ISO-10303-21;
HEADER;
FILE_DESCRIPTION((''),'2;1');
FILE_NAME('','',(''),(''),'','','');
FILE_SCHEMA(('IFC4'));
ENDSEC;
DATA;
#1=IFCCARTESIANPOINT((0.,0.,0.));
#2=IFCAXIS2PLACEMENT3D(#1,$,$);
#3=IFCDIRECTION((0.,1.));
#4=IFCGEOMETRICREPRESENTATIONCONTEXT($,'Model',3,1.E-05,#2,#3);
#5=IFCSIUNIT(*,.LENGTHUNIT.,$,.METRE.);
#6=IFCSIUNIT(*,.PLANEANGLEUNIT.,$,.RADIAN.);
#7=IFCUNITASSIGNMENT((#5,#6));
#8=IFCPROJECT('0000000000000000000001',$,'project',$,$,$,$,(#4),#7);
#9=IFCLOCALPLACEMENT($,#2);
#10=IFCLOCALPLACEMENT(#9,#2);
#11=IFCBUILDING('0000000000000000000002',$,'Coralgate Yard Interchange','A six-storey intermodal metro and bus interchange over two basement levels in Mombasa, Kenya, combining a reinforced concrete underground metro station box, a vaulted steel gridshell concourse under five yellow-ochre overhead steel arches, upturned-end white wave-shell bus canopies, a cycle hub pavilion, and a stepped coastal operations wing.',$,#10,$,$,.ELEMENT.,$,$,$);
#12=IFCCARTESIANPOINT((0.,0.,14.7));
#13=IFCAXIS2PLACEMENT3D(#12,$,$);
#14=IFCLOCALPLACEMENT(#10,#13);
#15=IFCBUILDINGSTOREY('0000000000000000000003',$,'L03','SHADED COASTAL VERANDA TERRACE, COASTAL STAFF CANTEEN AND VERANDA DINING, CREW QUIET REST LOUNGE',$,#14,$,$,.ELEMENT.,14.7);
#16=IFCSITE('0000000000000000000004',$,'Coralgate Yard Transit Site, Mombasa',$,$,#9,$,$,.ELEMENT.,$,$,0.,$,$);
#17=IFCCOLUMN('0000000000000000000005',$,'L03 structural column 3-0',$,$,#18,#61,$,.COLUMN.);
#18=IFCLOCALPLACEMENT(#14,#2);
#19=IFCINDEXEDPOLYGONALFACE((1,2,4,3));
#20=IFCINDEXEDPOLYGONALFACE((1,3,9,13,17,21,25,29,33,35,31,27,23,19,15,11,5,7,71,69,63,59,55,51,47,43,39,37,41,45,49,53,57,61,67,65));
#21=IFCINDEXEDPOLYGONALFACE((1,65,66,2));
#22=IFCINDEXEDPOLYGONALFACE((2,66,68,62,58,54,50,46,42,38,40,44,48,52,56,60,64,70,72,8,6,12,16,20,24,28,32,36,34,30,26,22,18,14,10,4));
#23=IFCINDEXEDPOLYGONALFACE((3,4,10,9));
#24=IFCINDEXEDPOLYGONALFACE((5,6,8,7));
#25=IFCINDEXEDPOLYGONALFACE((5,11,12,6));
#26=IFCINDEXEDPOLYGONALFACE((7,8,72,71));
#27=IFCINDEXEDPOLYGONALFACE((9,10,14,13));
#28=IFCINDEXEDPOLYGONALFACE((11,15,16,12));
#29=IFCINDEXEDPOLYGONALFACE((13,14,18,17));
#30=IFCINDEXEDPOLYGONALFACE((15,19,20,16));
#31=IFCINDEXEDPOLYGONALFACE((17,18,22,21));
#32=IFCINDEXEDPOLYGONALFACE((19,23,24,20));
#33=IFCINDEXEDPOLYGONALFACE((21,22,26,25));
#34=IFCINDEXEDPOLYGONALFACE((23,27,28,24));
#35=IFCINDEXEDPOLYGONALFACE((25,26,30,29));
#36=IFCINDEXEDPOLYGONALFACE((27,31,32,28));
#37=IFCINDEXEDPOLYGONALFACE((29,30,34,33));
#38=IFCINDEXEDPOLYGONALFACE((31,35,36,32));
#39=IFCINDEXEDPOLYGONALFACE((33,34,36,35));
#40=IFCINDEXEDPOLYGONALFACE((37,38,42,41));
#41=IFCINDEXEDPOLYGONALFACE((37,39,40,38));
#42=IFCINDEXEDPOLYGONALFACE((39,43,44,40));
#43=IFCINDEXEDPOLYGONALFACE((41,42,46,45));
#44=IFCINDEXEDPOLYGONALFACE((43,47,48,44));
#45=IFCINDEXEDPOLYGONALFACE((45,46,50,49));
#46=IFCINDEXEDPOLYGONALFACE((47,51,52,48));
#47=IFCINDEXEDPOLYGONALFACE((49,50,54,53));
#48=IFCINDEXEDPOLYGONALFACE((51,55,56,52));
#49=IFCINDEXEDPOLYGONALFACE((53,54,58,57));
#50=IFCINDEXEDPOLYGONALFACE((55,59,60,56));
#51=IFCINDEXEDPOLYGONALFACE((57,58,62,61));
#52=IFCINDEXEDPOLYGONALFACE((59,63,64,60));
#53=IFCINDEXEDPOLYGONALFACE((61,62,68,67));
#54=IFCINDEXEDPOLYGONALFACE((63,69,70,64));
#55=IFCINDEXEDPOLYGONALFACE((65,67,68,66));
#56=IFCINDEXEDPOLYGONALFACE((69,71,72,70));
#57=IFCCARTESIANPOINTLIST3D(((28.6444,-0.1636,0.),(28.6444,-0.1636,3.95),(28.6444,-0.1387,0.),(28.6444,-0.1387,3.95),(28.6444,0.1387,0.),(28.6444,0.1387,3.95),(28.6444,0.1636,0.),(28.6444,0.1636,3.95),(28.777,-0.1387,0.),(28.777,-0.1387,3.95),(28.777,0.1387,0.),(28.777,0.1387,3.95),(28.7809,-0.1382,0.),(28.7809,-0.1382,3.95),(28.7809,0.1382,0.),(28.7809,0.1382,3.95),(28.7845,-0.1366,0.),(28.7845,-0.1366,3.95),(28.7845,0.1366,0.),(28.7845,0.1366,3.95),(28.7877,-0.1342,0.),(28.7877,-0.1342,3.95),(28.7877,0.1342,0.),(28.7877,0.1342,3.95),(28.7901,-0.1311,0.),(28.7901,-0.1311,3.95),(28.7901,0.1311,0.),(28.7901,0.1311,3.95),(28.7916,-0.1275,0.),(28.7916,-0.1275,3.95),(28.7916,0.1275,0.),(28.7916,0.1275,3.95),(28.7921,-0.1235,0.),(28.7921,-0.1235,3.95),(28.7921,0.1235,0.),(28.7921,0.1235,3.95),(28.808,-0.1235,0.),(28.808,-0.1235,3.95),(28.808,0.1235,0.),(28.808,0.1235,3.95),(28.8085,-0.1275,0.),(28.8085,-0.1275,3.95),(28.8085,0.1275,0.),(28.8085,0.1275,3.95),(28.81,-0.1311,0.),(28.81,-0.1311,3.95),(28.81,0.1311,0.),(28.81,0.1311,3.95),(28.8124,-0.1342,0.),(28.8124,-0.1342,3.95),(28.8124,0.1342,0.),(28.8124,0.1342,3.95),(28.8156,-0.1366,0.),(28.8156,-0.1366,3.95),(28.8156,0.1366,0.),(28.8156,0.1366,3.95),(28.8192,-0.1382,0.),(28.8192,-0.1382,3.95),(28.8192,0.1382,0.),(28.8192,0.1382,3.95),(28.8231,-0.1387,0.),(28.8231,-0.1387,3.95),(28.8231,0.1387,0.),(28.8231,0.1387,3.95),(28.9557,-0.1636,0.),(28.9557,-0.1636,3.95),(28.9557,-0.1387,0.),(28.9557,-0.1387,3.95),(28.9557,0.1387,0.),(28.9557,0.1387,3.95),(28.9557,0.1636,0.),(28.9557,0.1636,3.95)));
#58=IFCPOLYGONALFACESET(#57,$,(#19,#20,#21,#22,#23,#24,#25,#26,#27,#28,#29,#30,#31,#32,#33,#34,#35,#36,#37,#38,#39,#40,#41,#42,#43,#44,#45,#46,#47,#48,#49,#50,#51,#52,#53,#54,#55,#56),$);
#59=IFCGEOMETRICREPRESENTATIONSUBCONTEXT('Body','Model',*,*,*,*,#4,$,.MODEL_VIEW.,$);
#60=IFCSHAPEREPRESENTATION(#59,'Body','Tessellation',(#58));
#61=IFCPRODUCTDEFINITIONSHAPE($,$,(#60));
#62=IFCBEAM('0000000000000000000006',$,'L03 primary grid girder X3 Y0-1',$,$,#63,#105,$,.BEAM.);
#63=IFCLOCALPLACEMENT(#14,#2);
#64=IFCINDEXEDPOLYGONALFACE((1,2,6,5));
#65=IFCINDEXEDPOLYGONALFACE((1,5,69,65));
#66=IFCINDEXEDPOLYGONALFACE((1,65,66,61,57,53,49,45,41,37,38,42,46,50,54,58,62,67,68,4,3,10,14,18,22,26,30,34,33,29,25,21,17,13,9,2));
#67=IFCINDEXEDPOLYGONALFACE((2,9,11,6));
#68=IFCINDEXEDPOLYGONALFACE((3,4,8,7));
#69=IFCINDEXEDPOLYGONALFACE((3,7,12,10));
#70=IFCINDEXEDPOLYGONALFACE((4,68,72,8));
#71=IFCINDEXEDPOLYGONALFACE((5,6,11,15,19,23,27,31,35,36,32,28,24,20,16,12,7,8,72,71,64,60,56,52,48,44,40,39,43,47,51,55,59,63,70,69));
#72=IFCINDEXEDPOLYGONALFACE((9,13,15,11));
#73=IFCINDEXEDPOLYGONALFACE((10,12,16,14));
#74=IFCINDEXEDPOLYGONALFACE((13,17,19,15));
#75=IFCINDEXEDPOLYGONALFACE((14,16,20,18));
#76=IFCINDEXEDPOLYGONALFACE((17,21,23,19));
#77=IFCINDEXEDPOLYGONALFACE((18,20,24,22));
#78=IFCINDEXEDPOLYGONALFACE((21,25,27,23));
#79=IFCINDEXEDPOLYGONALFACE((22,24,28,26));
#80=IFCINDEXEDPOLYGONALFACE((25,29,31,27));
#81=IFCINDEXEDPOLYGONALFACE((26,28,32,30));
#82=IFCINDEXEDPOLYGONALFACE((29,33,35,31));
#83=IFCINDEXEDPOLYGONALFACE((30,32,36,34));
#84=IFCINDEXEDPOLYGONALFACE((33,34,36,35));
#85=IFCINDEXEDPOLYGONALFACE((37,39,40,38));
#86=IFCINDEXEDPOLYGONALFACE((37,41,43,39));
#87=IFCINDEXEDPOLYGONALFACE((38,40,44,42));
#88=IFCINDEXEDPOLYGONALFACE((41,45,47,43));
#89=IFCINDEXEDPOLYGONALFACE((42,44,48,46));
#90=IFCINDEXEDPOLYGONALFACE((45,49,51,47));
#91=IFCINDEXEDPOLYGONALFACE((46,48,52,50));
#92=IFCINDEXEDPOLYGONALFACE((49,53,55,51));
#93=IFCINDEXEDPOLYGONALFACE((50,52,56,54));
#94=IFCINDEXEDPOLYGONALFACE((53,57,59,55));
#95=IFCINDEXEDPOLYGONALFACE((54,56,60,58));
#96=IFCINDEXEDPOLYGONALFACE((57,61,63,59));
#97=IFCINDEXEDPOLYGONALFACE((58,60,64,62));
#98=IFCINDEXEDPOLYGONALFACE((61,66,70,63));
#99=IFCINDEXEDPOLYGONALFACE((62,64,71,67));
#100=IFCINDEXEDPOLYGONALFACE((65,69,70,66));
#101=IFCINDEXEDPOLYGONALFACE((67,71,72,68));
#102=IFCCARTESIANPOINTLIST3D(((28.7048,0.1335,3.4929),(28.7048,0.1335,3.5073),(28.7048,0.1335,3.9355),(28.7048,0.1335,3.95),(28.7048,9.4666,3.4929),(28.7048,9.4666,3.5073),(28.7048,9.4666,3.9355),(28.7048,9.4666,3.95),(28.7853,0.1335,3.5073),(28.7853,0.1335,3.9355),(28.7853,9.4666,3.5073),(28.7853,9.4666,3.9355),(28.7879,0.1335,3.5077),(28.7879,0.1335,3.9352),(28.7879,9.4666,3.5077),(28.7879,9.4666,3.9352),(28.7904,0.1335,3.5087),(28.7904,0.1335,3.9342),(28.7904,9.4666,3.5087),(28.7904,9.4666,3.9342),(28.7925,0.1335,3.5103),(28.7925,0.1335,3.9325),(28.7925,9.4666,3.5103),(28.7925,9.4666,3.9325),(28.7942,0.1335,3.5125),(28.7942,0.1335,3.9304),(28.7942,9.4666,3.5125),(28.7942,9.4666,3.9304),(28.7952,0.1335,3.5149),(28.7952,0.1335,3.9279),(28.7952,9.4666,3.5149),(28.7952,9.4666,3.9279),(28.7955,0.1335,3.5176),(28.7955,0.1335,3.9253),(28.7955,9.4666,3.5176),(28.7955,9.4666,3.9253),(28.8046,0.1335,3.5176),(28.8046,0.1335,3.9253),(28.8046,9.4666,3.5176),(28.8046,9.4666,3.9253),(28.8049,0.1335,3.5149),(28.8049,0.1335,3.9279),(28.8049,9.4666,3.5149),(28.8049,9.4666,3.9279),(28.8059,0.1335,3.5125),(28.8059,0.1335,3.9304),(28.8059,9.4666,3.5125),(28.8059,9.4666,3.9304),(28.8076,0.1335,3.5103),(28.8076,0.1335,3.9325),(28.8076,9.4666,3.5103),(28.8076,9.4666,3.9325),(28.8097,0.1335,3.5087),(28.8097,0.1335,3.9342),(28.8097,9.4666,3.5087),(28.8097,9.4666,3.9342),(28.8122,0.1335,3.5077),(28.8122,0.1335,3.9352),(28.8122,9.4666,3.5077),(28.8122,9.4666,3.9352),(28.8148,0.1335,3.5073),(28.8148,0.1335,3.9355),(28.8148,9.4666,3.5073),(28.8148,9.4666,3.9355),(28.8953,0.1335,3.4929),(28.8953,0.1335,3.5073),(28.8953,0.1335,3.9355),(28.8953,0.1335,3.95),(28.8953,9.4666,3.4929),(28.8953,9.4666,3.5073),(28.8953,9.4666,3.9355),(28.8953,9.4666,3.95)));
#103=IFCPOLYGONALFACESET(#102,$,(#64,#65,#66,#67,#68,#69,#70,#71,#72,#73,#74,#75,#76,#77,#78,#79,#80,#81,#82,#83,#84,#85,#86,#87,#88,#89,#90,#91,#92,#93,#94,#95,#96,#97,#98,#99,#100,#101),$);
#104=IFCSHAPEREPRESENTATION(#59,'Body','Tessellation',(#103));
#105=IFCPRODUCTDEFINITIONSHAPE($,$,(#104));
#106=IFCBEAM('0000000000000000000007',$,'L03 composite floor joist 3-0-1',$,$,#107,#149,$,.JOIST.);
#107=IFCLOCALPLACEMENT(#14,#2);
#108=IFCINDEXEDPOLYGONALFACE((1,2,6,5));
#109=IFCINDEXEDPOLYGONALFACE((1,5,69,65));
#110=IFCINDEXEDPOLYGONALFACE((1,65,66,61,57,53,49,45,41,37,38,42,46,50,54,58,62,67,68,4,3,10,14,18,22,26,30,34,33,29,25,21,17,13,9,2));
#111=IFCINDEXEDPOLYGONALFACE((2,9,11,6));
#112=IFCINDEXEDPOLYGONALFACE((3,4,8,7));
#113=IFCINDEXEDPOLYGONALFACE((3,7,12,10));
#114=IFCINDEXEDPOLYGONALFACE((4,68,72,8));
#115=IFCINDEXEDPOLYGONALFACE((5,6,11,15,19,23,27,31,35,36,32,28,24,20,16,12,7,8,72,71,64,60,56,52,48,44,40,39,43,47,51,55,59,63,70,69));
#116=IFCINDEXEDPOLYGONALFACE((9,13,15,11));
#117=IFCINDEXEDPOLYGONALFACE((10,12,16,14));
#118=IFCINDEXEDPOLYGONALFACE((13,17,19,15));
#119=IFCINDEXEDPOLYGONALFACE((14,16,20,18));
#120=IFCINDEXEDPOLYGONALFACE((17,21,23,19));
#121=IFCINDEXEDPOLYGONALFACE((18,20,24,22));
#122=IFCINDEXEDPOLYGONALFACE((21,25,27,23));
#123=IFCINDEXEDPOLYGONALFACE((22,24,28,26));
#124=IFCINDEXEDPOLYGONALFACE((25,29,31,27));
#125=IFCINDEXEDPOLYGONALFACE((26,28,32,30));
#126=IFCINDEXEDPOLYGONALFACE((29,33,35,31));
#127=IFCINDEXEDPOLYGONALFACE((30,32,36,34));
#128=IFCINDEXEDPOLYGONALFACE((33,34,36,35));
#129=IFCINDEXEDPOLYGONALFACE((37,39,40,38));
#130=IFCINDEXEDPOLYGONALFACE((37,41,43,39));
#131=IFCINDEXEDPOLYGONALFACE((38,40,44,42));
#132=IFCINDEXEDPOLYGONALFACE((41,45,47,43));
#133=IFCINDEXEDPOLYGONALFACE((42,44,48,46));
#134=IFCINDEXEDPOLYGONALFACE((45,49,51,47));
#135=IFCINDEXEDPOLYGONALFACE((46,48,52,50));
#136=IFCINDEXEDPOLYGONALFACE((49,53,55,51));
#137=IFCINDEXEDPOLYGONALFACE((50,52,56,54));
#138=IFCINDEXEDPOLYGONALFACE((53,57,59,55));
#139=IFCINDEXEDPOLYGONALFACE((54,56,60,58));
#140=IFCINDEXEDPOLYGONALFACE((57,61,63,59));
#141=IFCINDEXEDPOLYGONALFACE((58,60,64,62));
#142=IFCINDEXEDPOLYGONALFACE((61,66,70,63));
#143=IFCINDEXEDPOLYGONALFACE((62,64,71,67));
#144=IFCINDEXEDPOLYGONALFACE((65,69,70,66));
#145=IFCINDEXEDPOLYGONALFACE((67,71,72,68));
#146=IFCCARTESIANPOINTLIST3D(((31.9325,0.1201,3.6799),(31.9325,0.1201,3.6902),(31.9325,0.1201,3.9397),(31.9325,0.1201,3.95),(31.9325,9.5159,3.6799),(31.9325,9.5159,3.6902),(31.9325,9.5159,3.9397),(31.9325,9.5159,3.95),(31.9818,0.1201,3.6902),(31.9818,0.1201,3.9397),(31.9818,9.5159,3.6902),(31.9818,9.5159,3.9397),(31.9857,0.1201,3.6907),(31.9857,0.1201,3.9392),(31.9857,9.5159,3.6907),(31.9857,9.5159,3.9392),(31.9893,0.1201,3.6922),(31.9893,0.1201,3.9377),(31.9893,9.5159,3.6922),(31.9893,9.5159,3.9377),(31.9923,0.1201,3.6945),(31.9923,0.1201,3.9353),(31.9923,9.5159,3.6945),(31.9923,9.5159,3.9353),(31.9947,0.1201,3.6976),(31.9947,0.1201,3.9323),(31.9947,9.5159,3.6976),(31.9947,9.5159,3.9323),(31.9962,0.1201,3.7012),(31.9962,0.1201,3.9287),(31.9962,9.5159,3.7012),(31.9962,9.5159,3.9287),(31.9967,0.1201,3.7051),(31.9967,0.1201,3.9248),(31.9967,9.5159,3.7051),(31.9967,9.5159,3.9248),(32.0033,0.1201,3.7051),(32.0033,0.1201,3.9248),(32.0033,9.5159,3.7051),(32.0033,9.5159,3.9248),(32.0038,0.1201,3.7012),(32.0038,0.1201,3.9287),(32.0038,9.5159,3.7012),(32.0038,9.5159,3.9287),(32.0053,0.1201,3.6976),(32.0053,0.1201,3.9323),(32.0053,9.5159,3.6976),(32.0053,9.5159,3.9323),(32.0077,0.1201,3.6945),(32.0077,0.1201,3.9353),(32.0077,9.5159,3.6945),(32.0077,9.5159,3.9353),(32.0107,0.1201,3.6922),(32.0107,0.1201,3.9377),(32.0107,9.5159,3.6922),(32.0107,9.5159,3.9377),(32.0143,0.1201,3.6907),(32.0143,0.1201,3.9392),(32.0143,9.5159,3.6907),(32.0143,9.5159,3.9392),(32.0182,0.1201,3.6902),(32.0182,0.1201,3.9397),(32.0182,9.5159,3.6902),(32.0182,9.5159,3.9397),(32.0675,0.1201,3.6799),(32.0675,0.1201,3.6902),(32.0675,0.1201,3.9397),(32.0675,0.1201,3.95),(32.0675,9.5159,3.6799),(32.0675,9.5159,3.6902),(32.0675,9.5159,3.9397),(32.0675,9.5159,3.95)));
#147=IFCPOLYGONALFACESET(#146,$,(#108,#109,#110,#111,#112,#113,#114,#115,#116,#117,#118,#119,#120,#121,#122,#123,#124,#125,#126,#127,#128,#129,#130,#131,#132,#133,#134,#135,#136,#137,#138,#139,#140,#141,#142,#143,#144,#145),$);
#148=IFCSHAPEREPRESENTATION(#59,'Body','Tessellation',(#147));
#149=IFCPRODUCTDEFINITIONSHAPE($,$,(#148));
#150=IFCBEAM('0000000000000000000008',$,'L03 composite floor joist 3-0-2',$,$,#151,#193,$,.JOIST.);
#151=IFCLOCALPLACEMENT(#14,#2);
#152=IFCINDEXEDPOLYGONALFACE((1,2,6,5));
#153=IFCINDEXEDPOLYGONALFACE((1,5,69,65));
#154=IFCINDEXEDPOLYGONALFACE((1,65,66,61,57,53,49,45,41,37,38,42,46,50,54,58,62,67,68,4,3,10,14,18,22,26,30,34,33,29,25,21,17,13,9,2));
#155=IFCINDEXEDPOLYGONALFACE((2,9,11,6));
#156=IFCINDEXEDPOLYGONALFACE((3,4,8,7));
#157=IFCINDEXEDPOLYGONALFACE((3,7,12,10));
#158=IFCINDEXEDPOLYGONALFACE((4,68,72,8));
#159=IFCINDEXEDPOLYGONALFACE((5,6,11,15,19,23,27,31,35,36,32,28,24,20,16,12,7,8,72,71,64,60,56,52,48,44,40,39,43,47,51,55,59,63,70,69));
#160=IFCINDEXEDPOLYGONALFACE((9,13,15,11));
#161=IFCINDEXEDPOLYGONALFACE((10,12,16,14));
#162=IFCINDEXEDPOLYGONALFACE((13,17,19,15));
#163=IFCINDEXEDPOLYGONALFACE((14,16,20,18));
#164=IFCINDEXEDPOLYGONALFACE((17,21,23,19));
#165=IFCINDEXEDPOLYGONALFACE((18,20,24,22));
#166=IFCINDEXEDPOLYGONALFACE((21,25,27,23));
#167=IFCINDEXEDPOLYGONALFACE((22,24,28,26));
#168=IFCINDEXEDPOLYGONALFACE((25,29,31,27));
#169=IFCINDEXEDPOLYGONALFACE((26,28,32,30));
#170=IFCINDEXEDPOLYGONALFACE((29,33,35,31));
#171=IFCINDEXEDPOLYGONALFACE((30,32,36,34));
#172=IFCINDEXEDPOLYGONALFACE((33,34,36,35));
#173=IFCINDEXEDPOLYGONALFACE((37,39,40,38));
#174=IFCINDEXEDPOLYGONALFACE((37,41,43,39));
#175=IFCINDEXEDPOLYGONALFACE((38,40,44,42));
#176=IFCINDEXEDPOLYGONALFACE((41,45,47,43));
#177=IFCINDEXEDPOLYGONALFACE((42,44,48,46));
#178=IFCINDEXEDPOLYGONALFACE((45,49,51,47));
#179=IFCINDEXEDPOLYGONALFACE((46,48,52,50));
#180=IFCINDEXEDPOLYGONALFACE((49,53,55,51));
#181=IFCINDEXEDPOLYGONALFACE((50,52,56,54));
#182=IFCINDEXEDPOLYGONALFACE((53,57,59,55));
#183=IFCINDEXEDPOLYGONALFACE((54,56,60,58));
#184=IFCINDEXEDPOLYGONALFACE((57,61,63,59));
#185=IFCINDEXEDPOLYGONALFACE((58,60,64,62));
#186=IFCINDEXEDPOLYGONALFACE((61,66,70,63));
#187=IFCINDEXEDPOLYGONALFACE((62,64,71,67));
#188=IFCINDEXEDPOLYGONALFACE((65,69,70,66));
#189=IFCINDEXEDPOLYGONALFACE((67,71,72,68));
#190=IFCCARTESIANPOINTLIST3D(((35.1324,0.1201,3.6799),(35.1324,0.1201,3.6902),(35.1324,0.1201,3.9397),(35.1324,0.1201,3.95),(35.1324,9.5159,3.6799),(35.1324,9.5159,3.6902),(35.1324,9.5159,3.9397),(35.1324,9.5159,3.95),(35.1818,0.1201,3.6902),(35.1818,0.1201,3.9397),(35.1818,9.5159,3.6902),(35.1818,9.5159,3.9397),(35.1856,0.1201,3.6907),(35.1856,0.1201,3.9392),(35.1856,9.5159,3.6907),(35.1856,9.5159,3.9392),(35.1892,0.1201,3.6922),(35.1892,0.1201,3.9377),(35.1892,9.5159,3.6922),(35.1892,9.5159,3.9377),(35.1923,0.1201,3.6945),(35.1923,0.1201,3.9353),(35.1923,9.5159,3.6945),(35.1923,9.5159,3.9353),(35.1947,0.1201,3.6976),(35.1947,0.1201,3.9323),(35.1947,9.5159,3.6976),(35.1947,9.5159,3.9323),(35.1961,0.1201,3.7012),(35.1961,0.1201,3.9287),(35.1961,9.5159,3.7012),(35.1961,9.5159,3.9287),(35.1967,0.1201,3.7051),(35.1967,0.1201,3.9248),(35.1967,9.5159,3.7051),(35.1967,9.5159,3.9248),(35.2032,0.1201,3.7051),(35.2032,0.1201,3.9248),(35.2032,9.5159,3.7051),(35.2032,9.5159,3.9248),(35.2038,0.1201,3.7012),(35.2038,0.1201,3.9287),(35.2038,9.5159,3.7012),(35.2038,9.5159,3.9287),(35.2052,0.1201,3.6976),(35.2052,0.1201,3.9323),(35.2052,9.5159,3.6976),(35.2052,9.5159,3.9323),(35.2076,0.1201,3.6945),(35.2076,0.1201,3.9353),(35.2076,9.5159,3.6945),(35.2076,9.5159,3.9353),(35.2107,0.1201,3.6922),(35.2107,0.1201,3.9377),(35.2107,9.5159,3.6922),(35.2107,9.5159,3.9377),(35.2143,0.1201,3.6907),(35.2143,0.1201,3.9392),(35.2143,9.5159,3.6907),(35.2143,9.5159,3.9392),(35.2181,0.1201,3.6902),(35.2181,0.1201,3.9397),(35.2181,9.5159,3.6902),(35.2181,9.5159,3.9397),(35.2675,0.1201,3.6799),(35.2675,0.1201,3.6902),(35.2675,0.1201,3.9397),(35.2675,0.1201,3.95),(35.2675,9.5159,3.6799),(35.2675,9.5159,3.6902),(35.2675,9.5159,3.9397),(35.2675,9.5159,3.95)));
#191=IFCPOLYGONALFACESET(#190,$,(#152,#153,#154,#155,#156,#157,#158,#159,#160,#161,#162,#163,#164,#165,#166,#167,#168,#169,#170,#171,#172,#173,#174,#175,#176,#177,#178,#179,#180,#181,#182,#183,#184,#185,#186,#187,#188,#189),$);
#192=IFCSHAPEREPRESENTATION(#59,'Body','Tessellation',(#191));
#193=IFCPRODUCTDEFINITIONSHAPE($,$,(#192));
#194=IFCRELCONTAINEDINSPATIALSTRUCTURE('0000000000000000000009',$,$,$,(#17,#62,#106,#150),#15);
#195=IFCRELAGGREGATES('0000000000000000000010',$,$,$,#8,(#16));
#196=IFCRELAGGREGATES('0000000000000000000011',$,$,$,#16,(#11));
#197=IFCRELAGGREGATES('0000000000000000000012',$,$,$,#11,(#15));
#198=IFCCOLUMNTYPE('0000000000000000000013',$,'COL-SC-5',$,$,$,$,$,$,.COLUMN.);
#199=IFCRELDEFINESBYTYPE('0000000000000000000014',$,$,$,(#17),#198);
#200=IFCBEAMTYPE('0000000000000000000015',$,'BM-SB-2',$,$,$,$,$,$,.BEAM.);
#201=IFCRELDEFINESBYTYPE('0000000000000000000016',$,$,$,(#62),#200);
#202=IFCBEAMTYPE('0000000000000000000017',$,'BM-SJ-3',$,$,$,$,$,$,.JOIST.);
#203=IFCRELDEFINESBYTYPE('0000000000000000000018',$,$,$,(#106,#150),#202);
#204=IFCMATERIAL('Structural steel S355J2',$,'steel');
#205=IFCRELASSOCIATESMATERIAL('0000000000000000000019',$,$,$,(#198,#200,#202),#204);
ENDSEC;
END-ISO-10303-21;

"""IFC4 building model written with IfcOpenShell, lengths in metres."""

from ifc_helpers import new_model, si_unit, direction, frame, origin, origin_2d, place, context, subcontext, project, spatial, i_section, extrude, material, material_profile, profile_set, type_object, element, save


model = new_model("IFC4")

# Units and contexts
model_context = context("Model", 3, precision=1e-05, world=origin(), true_north=direction((0.0, 1.0)))
body_context = subcontext(model_context, "Body", "Model", "MODEL_VIEW")
ifc_project = project(units=[si_unit("LENGTHUNIT", "METRE"), si_unit("PLANEANGLEUNIT", "RADIAN")], contexts=[model_context])

# Site, building, storey
site_placement = place(None, origin())
site = spatial("IfcSite", under=ifc_project, at=site_placement, Name="Coralgate Yard Transit Site, Mombasa", CompositionType="ELEMENT", RefElevation=0.0)
building_placement = place(site_placement, origin())
building = spatial("IfcBuilding", under=site, at=building_placement, Name="Coralgate Yard Interchange", Description="A six-storey intermodal metro and bus interchange over two basement levels in Mombasa, Kenya, combining a reinforced concrete underground metro station box, a vaulted steel gridshell concourse under five yellow-ochre overhead steel arches, upturned-end white wave-shell bus canopies, a cycle hub pavilion, and a stepped coastal operations wing.", CompositionType="ELEMENT")
storey_placement = place(building_placement, frame((0.0, 0.0, 14.7)))
storey = spatial("IfcBuildingStorey", under=building, at=storey_placement, Name="L03", Description="SHADED COASTAL VERANDA TERRACE, COASTAL STAFF CANTEEN AND VERANDA DINING, CREW QUIET REST LOUNGE", CompositionType="ELEMENT", Elevation=14.7)

# Column
ifc_material_1 = material(Name="Structural steel S355J2", Category="steel")
ifc_material_profile_1 = material_profile(ifc_material_1, i_section(OverallWidth=0.3113, OverallDepth=0.3271, WebThickness=0.0159, FlangeThickness=0.0249, FilletRadius=0.0151, at=origin_2d()), Name="UC 305x305x158")
ifc_profile_set_1 = profile_set([ifc_material_profile_1], Name="Structural steel S355J2")
column_type = type_object("IfcColumnType", Name="COL-SC-5", PredefinedType="COLUMN", material=ifc_profile_set_1)
column_placement = place(storey_placement, frame((28.8, 0.0, 0.0), z_axis=(0.0, 0.0, 1.0), x_axis=(1.0, 0.0, 0.0)))
element("IfcColumn", 1, at=column_placement, inside=storey, type_object=column_type, Name="L03 structural column 3-0", PredefinedType="COLUMN", context=body_context, shape_type="SweptSolid", body=[
    extrude(i_section(OverallWidth=0.3113, OverallDepth=0.3271, WebThickness=0.0159, FlangeThickness=0.0249, FilletRadius=0.0151, at=origin_2d()), origin(), (0.0, 0.0, 1.0), 3.95),
])

# Beams
ifc_material_profile_2 = material_profile(ifc_material_1, i_section(OverallWidth=0.1904, OverallDepth=0.457, WebThickness=0.009, FlangeThickness=0.0144, FilletRadius=0.0103, at=origin_2d()), Name="UB 457x191x74")
ifc_profile_set_2 = profile_set([ifc_material_profile_2], Name="Structural steel S355J2")
beam_type_1 = type_object("IfcBeamType", Name="BM-SB-2", PredefinedType="BEAM", material=ifc_profile_set_2)
beam_1_placement = place(storey_placement, frame((28.8, 0.1335, 3.7214), z_axis=(0.0, 1.0, 0.0), x_axis=(-1.0, 0.0, 0.0)))
element("IfcBeam", 2, at=beam_1_placement, inside=storey, type_object=beam_type_1, Name="L03 primary grid girder X3 Y0-1", PredefinedType="BEAM", context=body_context, shape_type="SweptSolid", body=[
    extrude(i_section(OverallWidth=0.1904, OverallDepth=0.457, WebThickness=0.009, FlangeThickness=0.0144, FilletRadius=0.0103, at=origin_2d()), origin(), (0.0, 0.0, 1.0), 9.333),
])
ifc_material_profile_3 = material_profile(ifc_material_1, i_section(OverallWidth=0.135, OverallDepth=0.27, WebThickness=0.0066, FlangeThickness=0.0103, FilletRadius=0.0149, at=origin_2d()), Name="IPE 270")
ifc_profile_set_3 = profile_set([ifc_material_profile_3], Name="Structural steel S355J2")
beam_type_2 = type_object("IfcBeamType", Name="BM-SJ-3", PredefinedType="JOIST", material=ifc_profile_set_3)
for number, where, z_axis, x_axis, name in (
    (3, (32.0, 0.1201, 3.8149), (0.0, 1.0, 0.0), (-1.0, 0.0, 0.0), "L03 composite floor joist 3-0-1"),
    (4, (35.2, 0.1201, 3.8149), (0.0, 1.0, 0.0), (-1.0, 0.0, 0.0), "L03 composite floor joist 3-0-2"),
):
    element("IfcBeam", number, at=place(storey_placement, frame(where, z_axis=z_axis, x_axis=x_axis)), inside=storey, type_object=beam_type_2, Name=name, PredefinedType="JOIST", context=body_context, shape_type="SweptSolid", body=[
        extrude(i_section(OverallWidth=0.135, OverallDepth=0.27, WebThickness=0.0066, FlangeThickness=0.0103, FilletRadius=0.0149, at=origin_2d()), origin(), (0.0, 0.0, 1.0), 9.3958),
    ])

save(model, "model.ifc")
